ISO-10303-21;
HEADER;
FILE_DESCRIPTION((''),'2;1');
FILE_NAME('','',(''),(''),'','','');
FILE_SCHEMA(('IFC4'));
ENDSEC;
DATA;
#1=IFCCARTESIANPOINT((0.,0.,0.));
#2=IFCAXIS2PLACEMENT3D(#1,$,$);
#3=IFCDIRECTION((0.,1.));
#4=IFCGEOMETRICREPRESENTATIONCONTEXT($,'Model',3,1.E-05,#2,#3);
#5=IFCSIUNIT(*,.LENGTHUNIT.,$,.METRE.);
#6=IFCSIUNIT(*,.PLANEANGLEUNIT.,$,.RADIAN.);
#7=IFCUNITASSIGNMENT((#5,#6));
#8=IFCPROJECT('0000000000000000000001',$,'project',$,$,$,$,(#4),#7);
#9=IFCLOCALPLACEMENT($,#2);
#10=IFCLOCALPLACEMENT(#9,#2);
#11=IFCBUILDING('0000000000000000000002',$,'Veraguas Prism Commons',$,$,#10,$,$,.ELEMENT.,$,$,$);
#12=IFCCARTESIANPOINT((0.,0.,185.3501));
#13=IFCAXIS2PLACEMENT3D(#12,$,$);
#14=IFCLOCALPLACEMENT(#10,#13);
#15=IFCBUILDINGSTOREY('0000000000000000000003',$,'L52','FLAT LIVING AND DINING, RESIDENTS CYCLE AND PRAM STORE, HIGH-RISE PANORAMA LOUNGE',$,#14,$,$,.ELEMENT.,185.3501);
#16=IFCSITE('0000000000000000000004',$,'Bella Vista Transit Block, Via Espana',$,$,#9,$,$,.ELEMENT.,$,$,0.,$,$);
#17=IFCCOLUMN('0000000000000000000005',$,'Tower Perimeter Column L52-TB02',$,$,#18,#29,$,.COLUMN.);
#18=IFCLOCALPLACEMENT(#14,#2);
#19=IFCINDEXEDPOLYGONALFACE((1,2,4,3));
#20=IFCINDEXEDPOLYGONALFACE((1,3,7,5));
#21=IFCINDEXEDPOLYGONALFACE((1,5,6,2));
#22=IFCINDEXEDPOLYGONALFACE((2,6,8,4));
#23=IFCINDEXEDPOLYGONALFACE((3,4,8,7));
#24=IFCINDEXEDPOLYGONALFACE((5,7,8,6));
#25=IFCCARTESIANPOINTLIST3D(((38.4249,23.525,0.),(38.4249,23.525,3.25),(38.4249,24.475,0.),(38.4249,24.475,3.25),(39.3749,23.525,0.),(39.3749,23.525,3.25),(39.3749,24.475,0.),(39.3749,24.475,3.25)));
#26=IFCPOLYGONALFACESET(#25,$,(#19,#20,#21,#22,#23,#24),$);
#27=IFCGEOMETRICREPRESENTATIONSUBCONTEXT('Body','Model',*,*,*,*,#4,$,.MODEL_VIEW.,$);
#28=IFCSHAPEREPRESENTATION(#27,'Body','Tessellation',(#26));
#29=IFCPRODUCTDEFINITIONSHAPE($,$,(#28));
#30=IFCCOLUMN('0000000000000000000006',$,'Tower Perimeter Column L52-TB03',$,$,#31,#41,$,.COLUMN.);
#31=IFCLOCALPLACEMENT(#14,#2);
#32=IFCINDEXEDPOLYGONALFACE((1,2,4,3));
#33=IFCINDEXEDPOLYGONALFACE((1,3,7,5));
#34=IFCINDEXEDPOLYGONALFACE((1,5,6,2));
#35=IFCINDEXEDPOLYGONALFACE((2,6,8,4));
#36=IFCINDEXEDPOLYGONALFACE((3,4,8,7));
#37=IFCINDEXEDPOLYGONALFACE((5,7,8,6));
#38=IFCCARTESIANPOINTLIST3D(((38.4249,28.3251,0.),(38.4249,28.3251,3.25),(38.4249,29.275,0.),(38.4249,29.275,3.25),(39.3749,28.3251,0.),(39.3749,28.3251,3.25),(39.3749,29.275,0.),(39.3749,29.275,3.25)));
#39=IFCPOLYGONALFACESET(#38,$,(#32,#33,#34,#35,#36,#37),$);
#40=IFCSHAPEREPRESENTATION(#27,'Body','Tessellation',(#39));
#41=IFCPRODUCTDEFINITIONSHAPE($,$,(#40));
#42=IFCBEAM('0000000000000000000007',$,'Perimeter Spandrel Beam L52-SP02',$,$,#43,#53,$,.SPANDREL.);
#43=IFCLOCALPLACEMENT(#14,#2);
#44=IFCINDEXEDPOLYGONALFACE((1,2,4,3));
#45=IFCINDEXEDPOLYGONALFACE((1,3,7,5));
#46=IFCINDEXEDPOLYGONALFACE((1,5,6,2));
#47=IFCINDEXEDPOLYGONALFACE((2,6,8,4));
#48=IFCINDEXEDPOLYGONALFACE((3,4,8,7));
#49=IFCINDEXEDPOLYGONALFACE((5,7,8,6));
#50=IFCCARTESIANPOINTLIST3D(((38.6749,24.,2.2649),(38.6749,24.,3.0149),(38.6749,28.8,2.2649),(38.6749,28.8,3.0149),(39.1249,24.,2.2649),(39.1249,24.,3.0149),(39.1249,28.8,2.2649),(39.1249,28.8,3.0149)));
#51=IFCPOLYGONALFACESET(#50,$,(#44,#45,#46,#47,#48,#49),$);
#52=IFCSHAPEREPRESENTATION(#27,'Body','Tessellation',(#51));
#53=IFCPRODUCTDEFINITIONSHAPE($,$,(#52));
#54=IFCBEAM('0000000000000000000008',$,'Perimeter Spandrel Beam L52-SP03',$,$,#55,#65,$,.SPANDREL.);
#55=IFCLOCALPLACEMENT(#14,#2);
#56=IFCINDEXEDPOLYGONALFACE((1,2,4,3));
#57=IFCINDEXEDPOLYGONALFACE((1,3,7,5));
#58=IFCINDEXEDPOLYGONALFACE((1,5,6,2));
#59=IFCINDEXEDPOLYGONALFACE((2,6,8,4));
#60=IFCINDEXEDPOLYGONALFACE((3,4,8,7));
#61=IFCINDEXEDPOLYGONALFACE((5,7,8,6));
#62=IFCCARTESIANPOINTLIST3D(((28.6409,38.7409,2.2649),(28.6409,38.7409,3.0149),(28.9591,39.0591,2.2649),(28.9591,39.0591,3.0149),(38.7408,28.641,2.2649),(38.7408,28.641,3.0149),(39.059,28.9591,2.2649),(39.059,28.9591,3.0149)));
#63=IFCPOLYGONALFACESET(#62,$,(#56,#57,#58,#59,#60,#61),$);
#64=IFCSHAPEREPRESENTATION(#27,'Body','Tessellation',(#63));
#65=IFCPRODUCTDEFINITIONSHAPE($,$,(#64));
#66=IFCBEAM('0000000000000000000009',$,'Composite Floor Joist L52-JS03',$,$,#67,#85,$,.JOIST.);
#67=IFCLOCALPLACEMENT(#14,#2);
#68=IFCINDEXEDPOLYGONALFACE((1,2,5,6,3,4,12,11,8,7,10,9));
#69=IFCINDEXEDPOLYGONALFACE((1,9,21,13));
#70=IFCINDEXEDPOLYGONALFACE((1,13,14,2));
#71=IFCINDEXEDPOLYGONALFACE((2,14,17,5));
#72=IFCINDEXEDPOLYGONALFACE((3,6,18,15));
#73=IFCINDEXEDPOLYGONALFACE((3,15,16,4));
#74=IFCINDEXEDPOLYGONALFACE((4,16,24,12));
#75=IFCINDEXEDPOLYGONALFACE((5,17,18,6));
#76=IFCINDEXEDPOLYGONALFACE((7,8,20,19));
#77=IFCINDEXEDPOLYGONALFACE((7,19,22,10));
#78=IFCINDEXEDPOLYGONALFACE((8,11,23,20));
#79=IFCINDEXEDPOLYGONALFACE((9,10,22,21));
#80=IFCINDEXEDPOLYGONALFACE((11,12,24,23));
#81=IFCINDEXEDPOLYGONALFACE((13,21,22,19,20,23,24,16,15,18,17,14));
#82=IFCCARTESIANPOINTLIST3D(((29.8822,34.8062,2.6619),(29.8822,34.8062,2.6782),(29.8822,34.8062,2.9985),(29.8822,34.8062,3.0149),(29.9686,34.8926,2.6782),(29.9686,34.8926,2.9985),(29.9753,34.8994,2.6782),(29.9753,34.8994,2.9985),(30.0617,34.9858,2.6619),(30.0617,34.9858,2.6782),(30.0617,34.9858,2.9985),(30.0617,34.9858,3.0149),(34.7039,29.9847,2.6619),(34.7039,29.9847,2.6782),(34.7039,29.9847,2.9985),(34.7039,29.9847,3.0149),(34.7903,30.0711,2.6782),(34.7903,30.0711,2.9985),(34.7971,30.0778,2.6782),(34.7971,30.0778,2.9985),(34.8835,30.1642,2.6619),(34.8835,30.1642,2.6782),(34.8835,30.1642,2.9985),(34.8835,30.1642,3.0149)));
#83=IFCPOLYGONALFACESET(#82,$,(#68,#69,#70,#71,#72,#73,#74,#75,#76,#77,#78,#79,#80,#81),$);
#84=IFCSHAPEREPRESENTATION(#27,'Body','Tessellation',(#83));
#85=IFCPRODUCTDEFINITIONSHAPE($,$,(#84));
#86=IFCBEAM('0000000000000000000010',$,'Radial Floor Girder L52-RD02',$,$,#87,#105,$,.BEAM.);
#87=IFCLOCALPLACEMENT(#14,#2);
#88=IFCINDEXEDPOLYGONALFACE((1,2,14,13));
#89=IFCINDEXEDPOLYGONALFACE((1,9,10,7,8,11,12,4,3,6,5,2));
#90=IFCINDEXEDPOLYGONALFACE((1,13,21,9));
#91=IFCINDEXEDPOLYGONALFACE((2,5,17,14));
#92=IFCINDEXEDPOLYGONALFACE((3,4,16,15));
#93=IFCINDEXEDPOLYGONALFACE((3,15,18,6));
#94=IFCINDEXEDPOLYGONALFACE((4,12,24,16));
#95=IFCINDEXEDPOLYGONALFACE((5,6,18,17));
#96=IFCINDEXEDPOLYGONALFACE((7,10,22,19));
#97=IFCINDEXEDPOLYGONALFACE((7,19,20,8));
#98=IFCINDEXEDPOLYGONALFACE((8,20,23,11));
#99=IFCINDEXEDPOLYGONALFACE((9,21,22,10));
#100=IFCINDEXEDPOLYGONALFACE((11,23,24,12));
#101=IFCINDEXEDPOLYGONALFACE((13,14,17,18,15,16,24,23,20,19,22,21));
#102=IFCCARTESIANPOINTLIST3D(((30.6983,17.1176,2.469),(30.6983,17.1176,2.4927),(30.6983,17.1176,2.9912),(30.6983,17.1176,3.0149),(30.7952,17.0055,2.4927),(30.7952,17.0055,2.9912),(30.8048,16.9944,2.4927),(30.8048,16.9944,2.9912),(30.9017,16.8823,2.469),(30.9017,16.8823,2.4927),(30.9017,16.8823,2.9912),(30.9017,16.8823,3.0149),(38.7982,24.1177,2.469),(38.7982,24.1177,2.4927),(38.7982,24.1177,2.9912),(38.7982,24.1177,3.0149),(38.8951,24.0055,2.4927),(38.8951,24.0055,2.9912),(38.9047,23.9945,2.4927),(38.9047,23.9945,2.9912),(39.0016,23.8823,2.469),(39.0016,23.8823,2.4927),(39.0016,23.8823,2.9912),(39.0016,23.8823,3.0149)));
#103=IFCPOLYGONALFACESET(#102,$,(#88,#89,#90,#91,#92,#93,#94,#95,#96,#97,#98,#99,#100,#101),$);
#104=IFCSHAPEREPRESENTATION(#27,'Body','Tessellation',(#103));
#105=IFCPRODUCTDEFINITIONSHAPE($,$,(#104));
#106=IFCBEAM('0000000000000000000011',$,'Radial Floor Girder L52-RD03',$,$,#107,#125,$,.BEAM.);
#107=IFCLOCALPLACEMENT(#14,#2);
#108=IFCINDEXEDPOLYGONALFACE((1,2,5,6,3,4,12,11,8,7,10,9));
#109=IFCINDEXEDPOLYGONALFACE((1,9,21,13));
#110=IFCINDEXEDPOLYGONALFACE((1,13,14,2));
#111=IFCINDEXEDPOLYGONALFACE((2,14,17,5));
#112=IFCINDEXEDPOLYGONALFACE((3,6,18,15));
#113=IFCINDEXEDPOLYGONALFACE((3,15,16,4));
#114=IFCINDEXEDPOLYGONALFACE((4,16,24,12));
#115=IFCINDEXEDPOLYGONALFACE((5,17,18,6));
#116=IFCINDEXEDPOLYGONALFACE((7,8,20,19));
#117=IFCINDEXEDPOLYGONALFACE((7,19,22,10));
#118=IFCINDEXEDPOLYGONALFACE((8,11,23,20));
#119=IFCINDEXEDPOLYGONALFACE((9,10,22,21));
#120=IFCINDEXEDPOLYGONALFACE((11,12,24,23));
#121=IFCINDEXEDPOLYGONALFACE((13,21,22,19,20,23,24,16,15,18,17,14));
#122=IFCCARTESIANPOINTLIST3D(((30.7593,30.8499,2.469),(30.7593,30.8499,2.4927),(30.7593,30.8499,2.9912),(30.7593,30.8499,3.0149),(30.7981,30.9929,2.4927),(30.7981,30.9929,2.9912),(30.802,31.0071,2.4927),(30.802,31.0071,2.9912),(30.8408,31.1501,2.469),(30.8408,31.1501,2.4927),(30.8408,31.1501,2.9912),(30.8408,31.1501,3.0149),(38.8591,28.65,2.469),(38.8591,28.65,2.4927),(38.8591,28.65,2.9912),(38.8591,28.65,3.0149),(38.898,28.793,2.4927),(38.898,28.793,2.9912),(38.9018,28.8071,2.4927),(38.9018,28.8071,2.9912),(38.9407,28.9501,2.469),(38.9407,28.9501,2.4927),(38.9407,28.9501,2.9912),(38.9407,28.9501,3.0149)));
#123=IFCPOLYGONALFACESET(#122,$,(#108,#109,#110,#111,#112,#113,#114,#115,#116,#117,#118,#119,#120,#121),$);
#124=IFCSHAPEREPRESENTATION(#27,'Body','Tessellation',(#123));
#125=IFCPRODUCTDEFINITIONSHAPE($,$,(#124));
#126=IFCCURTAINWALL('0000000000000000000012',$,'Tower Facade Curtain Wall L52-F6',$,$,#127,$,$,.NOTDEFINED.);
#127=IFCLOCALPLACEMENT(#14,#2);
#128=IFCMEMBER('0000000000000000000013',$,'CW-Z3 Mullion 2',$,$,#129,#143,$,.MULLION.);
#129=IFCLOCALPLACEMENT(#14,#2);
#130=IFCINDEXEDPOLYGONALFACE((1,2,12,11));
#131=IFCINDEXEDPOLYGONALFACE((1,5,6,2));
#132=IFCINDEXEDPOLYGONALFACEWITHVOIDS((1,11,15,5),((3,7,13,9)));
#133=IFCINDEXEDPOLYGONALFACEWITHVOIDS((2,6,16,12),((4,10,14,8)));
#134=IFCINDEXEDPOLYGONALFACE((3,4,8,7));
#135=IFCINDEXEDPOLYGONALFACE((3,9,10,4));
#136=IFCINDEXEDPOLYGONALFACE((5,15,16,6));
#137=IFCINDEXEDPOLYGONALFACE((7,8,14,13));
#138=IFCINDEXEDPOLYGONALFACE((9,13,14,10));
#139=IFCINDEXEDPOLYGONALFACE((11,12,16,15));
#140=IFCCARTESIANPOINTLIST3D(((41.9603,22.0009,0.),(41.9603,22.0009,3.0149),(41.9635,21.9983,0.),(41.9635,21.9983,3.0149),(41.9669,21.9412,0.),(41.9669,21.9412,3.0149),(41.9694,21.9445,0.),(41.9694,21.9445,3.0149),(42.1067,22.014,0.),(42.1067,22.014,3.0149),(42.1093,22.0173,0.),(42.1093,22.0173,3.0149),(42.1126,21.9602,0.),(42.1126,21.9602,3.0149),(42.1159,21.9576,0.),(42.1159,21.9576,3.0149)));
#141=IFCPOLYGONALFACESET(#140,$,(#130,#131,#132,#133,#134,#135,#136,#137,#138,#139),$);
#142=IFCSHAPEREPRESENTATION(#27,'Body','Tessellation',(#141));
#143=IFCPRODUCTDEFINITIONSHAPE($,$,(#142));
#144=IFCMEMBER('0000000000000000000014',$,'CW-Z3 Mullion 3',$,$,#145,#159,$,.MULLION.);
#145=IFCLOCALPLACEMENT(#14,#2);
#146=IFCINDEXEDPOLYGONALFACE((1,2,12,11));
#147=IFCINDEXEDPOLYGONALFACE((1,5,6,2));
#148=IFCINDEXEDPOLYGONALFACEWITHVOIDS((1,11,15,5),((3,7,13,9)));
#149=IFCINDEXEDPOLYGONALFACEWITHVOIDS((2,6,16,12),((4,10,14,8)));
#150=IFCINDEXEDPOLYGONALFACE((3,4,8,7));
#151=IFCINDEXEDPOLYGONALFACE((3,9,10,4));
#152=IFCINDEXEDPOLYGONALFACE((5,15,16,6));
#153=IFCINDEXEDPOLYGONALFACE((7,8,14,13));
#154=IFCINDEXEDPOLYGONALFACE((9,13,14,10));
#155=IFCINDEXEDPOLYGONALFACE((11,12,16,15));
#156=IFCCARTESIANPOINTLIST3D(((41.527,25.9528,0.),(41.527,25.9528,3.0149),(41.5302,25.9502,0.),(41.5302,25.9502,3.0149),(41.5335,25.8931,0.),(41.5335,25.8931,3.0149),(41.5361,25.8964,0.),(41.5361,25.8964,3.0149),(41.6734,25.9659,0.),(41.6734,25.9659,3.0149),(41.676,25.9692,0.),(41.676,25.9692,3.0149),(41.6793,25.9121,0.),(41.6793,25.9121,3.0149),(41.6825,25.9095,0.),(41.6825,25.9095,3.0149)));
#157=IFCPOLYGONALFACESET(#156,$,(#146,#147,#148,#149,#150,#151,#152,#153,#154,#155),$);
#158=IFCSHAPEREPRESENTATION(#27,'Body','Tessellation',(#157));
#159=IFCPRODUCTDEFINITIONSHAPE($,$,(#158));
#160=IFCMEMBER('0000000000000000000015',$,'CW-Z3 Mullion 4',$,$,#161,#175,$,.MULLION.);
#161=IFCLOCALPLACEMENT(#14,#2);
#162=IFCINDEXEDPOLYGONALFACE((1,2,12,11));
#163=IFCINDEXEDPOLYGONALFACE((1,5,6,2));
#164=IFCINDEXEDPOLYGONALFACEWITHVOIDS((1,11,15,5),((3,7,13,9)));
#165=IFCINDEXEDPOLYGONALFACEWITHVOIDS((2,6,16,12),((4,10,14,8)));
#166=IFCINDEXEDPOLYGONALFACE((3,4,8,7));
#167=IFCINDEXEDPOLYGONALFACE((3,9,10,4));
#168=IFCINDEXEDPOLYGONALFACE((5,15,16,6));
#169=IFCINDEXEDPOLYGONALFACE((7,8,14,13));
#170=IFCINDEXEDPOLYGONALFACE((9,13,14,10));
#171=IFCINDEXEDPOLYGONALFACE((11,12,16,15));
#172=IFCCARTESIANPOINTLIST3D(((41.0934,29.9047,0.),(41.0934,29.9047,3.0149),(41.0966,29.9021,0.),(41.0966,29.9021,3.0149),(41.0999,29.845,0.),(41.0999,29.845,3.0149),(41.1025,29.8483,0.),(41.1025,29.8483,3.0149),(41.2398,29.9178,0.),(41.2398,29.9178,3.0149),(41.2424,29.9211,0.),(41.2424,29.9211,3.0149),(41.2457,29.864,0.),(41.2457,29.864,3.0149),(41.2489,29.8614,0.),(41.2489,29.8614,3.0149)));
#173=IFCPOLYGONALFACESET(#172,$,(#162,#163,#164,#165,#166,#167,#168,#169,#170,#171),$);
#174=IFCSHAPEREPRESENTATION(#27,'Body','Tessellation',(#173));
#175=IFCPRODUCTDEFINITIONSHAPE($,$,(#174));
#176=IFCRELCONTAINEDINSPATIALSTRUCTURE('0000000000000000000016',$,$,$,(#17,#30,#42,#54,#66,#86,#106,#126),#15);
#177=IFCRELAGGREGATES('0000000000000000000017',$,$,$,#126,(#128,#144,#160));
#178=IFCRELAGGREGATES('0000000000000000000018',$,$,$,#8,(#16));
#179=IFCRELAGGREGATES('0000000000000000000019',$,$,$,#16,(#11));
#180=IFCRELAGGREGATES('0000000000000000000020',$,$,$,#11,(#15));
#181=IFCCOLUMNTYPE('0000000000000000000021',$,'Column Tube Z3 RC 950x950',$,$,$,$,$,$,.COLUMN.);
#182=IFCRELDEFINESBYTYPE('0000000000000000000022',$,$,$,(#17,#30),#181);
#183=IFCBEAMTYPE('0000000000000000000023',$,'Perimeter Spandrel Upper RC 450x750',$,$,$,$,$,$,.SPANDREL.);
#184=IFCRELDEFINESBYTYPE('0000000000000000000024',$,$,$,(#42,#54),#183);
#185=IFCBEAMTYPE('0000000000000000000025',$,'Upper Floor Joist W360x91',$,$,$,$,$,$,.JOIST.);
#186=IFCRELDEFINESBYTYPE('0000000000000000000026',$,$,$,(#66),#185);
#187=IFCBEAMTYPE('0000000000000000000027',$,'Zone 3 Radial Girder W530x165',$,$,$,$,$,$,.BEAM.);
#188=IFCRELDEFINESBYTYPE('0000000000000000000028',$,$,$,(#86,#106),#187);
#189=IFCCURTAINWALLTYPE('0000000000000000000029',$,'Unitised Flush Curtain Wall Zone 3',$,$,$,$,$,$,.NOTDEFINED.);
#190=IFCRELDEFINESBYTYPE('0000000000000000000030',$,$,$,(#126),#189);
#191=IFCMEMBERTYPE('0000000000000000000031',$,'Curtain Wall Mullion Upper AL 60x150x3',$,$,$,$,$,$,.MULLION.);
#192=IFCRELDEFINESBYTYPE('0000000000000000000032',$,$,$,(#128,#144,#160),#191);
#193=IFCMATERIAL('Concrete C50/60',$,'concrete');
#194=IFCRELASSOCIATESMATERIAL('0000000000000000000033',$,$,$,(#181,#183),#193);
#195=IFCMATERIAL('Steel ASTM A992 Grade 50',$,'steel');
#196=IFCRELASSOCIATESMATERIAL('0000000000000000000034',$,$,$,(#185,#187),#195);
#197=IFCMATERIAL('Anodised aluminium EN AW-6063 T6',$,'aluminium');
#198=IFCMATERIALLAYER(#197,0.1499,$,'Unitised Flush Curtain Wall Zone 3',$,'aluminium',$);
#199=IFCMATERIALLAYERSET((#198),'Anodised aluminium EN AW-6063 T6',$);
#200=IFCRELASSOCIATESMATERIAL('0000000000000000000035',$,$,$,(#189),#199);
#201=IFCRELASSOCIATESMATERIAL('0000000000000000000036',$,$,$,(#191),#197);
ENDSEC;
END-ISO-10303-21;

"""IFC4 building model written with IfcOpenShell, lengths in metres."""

from ifc_helpers import new_model, si_unit, direction, frame, origin, origin_2d, place, context, subcontext, project, spatial, rectangle, hollow_rectangle, i_section, extrude, source, transform, mapped, material, layer, layer_set, material_profile, profile_set, type_object, element, aggregate, save


model = new_model("IFC4")

# Units and contexts
model_context = context("Model", 3, precision=1e-05, world=origin(), true_north=direction((0.0, 1.0)))
body_context = subcontext(model_context, "Body", "Model", "MODEL_VIEW")
ifc_project = project(units=[si_unit("LENGTHUNIT", "METRE"), si_unit("PLANEANGLEUNIT", "RADIAN")], contexts=[model_context])

# Site, building, storey
site_placement = place(None, origin())
site = spatial("IfcSite", under=ifc_project, at=site_placement, Name="Bella Vista Transit Block, Via Espana", CompositionType="ELEMENT", RefElevation=0.0)
building_placement = place(site_placement, origin())
building = spatial("IfcBuilding", under=site, at=building_placement, Name="Veraguas Prism Commons", CompositionType="ELEMENT")
storey_placement = place(building_placement, frame((0.0, 0.0, 185.3501)))
storey = spatial("IfcBuildingStorey", under=building, at=storey_placement, Name="L52", Description="FLAT LIVING AND DINING, RESIDENTS CYCLE AND PRAM STORE, HIGH-RISE PANORAMA LOUNGE", CompositionType="ELEMENT", Elevation=185.3501)

# Columns
ifc_material_1 = material(Name="Concrete C50/60", Category="concrete")
ifc_material_profile_1 = material_profile(ifc_material_1, rectangle(XDim=0.95, YDim=0.95, at=origin_2d()), Name="RC950X950")
ifc_profile_set_1 = profile_set([ifc_material_profile_1], Name="Concrete C50/60")
column_type = type_object("IfcColumnType", Name="Column Tube Z3 RC 950x950", PredefinedType="COLUMN", material=ifc_profile_set_1)
for number, where, z_axis, x_axis, name in (
    (1, (38.8999, 24.0, 0.0), (0.0, 0.0, 1.0), (1.0, 0.0, 0.0), "Tower Perimeter Column L52-TB02"),
    (2, (38.8999, 28.8, 0.0), (0.0, 0.0, 1.0), (1.0, 0.0, 0.0), "Tower Perimeter Column L52-TB03"),
):
    element("IfcColumn", number, at=place(storey_placement, frame(where, z_axis=z_axis, x_axis=x_axis)), inside=storey, type_object=column_type, Name=name, PredefinedType="COLUMN", context=body_context, shape_type="SweptSolid", body=[
        extrude(rectangle(XDim=0.95, YDim=0.95, at=origin_2d()), origin(), (0.0, 0.0, 1.0), 3.25),
    ])

# Beams
ifc_material_profile_2 = material_profile(ifc_material_1, rectangle(XDim=0.45, YDim=0.75, at=origin_2d()), Name="RC450X750")
ifc_profile_set_2 = profile_set([ifc_material_profile_2], Name="Concrete C50/60")
beam_type_1 = type_object("IfcBeamType", Name="Perimeter Spandrel Upper RC 450x750", PredefinedType="SPANDREL", material=ifc_profile_set_2)
beam_1_placement = place(storey_placement, frame((38.8999, 24.0, 2.6399), z_axis=(0.0, 1.0, 0.0), x_axis=(-1.0, 0.0, 0.0)))
element("IfcBeam", 3, at=beam_1_placement, inside=storey, type_object=beam_type_1, Name="Perimeter Spandrel Beam L52-SP02", PredefinedType="SPANDREL", context=body_context, shape_type="SweptSolid", body=[
    extrude(rectangle(XDim=0.45, YDim=0.75, at=origin_2d()), origin(), (0.0, 0.0, 1.0), 4.8),
])
beam_2_placement = place(storey_placement, frame((38.8999, 28.8, 2.6399), z_axis=(-0.707107, 0.707107, 0.0), x_axis=(-0.707107, -0.707107, 0.0)))
element("IfcBeam", 4, at=beam_2_placement, inside=storey, type_object=beam_type_1, Name="Perimeter Spandrel Beam L52-SP03", PredefinedType="SPANDREL", context=body_context, shape_type="SweptSolid", body=[
    extrude(rectangle(XDim=0.45, YDim=0.75, at=origin_2d()), origin(), (0.0, 0.0, 1.0), 14.2834),
])
ifc_material_2 = material(Name="Steel ASTM A992 Grade 50", Category="steel")
ifc_material_profile_3 = material_profile(ifc_material_2, i_section(OverallWidth=0.2539, OverallDepth=0.353, WebThickness=0.0095, FlangeThickness=0.0164, at=origin_2d()), Name="W360X91")
ifc_profile_set_3 = profile_set([ifc_material_profile_3], Name="Steel ASTM A992 Grade 50")
beam_type_2 = type_object("IfcBeamType", Name="Upper Floor Joist W360x91", PredefinedType="JOIST", material=ifc_profile_set_3)
beam_3_placement = place(storey_placement, frame((34.7937, 30.0745, 2.8384), z_axis=(-0.707125, 0.707089, 0.0), x_axis=(-0.707089, -0.707125, 0.0)))
element("IfcBeam", 5, at=beam_3_placement, inside=storey, type_object=beam_type_2, Name="Composite Floor Joist L52-JS03", PredefinedType="JOIST", context=body_context, shape_type="SweptSolid", body=[
    extrude(i_section(OverallWidth=0.2539, OverallDepth=0.353, WebThickness=0.0095, FlangeThickness=0.0164, at=origin_2d()), origin(), (0.0, 0.0, 1.0), 6.8188),
])
ifc_material_profile_4 = material_profile(ifc_material_2, i_section(OverallWidth=0.311, OverallDepth=0.5459, WebThickness=0.0146, FlangeThickness=0.0237, at=origin_2d()), Name="W530X165")
ifc_profile_set_4 = profile_set([ifc_material_profile_4], Name="Steel ASTM A992 Grade 50")
beam_type_3 = type_object("IfcBeamType", Name="Zone 3 Radial Girder W530x165", PredefinedType="BEAM", material=ifc_profile_set_4)
beam_4_placement = place(storey_placement, frame((38.8999, 24.0, 2.7419), z_axis=(-0.756607, -0.65387, 0.0), x_axis=(0.65387, -0.756607, 0.0)))
element("IfcBeam", 6, at=beam_4_placement, inside=storey, type_object=beam_type_3, Name="Radial Floor Girder L52-RD02", PredefinedType="BEAM", context=body_context, shape_type="SweptSolid", body=[
    extrude(i_section(OverallWidth=0.311, OverallDepth=0.5459, WebThickness=0.0146, FlangeThickness=0.0237, at=origin_2d()), origin(), (0.0, 0.0, 1.0), 10.7056),
])
beam_5_placement = place(storey_placement, frame((38.8999, 28.8, 2.7419), z_axis=(-0.965039, 0.262108, 0.0), x_axis=(-0.262108, -0.965039, 0.0)))
element("IfcBeam", 7, at=beam_5_placement, inside=storey, type_object=beam_type_3, Name="Radial Floor Girder L52-RD03", PredefinedType="BEAM", context=body_context, shape_type="SweptSolid", body=[
    extrude(i_section(OverallWidth=0.311, OverallDepth=0.5459, WebThickness=0.0146, FlangeThickness=0.0237, at=origin_2d()), origin(), (0.0, 0.0, 1.0), 8.3933),
])

# Curtain wall, members
ifc_material_3 = material(Name="Anodised aluminium EN AW-6063 T6", Category="aluminium")
ifc_layer_1 = layer(ifc_material_3, 0.1499, Name="Unitised Flush Curtain Wall Zone 3", Category="aluminium")
ifc_layer_set_1 = layer_set([ifc_layer_1], Name="Anodised aluminium EN AW-6063 T6")
curtain_wall_type = type_object("IfcCurtainWallType", Name="Unitised Flush Curtain Wall Zone 3", PredefinedType="NOTDEFINED", material=ifc_layer_set_1)
curtain_wall_placement = place(storey_placement, origin())
curtain_wall = element("IfcCurtainWall", 8, at=curtain_wall_placement, inside=storey, type_object=curtain_wall_type, Name="Tower Facade Curtain Wall L52-F6", PredefinedType="NOTDEFINED")
ifc_material_profile_5 = material_profile(ifc_material_3, hollow_rectangle(XDim=0.0601, YDim=0.1499, WallThickness=0.0029, at=origin_2d()), Name="AL60X150X3")
ifc_profile_set_5 = profile_set([ifc_material_profile_5], Name="Anodised aluminium EN AW-6063 T6")
member_type = type_object("IfcMemberType", Name="Curtain Wall Mullion Upper AL 60x150x3", PredefinedType="MULLION", material=ifc_profile_set_5)
shared_shape_1 = source(origin(), body_context, "Body", "SweptSolid", [
    extrude(hollow_rectangle(XDim=0.0601, YDim=0.1499, WallThickness=0.0029, at=origin_2d()), origin(), (0.0, 0.0, 1.0), 3.0149),
])
member_1_placement = place(storey_placement, frame((42.0381, 21.9792, 0.0), z_axis=(0.0, 0.0, 1.0), x_axis=(-0.109046, 0.994037, 0.0)))
member_1 = element("IfcMember", 9, at=member_1_placement, type_object=member_type, Name="CW-Z3 Mullion 2", PredefinedType="MULLION", context=body_context, shape_type="MappedRepresentation", body=[
    mapped(shared_shape_1, transform((0.0, 0.0, 0.0), scale=1.0)),
])
member_2_placement = place(storey_placement, frame((41.6047, 25.9312, 0.0), z_axis=(0.0, 0.0, 1.0), x_axis=(-0.109046, 0.994037, 0.0)))
member_2 = element("IfcMember", 10, at=member_2_placement, type_object=member_type, Name="CW-Z3 Mullion 3", PredefinedType="MULLION", context=body_context, shape_type="MappedRepresentation", body=[
    mapped(shared_shape_1, transform((0.0, 0.0, 0.0), scale=1.0)),
])
member_3_placement = place(storey_placement, frame((41.1711, 29.8831, 0.0), z_axis=(0.0, 0.0, 1.0), x_axis=(-0.109046, 0.994037, 0.0)))
member_3 = element("IfcMember", 11, at=member_3_placement, type_object=member_type, Name="CW-Z3 Mullion 4", PredefinedType="MULLION", context=body_context, shape_type="MappedRepresentation", body=[
    mapped(shared_shape_1, transform((0.0, 0.0, 0.0), scale=1.0)),
])
aggregate(curtain_wall, [member_1, member_2, member_3])

save(model, "model.ifc")
